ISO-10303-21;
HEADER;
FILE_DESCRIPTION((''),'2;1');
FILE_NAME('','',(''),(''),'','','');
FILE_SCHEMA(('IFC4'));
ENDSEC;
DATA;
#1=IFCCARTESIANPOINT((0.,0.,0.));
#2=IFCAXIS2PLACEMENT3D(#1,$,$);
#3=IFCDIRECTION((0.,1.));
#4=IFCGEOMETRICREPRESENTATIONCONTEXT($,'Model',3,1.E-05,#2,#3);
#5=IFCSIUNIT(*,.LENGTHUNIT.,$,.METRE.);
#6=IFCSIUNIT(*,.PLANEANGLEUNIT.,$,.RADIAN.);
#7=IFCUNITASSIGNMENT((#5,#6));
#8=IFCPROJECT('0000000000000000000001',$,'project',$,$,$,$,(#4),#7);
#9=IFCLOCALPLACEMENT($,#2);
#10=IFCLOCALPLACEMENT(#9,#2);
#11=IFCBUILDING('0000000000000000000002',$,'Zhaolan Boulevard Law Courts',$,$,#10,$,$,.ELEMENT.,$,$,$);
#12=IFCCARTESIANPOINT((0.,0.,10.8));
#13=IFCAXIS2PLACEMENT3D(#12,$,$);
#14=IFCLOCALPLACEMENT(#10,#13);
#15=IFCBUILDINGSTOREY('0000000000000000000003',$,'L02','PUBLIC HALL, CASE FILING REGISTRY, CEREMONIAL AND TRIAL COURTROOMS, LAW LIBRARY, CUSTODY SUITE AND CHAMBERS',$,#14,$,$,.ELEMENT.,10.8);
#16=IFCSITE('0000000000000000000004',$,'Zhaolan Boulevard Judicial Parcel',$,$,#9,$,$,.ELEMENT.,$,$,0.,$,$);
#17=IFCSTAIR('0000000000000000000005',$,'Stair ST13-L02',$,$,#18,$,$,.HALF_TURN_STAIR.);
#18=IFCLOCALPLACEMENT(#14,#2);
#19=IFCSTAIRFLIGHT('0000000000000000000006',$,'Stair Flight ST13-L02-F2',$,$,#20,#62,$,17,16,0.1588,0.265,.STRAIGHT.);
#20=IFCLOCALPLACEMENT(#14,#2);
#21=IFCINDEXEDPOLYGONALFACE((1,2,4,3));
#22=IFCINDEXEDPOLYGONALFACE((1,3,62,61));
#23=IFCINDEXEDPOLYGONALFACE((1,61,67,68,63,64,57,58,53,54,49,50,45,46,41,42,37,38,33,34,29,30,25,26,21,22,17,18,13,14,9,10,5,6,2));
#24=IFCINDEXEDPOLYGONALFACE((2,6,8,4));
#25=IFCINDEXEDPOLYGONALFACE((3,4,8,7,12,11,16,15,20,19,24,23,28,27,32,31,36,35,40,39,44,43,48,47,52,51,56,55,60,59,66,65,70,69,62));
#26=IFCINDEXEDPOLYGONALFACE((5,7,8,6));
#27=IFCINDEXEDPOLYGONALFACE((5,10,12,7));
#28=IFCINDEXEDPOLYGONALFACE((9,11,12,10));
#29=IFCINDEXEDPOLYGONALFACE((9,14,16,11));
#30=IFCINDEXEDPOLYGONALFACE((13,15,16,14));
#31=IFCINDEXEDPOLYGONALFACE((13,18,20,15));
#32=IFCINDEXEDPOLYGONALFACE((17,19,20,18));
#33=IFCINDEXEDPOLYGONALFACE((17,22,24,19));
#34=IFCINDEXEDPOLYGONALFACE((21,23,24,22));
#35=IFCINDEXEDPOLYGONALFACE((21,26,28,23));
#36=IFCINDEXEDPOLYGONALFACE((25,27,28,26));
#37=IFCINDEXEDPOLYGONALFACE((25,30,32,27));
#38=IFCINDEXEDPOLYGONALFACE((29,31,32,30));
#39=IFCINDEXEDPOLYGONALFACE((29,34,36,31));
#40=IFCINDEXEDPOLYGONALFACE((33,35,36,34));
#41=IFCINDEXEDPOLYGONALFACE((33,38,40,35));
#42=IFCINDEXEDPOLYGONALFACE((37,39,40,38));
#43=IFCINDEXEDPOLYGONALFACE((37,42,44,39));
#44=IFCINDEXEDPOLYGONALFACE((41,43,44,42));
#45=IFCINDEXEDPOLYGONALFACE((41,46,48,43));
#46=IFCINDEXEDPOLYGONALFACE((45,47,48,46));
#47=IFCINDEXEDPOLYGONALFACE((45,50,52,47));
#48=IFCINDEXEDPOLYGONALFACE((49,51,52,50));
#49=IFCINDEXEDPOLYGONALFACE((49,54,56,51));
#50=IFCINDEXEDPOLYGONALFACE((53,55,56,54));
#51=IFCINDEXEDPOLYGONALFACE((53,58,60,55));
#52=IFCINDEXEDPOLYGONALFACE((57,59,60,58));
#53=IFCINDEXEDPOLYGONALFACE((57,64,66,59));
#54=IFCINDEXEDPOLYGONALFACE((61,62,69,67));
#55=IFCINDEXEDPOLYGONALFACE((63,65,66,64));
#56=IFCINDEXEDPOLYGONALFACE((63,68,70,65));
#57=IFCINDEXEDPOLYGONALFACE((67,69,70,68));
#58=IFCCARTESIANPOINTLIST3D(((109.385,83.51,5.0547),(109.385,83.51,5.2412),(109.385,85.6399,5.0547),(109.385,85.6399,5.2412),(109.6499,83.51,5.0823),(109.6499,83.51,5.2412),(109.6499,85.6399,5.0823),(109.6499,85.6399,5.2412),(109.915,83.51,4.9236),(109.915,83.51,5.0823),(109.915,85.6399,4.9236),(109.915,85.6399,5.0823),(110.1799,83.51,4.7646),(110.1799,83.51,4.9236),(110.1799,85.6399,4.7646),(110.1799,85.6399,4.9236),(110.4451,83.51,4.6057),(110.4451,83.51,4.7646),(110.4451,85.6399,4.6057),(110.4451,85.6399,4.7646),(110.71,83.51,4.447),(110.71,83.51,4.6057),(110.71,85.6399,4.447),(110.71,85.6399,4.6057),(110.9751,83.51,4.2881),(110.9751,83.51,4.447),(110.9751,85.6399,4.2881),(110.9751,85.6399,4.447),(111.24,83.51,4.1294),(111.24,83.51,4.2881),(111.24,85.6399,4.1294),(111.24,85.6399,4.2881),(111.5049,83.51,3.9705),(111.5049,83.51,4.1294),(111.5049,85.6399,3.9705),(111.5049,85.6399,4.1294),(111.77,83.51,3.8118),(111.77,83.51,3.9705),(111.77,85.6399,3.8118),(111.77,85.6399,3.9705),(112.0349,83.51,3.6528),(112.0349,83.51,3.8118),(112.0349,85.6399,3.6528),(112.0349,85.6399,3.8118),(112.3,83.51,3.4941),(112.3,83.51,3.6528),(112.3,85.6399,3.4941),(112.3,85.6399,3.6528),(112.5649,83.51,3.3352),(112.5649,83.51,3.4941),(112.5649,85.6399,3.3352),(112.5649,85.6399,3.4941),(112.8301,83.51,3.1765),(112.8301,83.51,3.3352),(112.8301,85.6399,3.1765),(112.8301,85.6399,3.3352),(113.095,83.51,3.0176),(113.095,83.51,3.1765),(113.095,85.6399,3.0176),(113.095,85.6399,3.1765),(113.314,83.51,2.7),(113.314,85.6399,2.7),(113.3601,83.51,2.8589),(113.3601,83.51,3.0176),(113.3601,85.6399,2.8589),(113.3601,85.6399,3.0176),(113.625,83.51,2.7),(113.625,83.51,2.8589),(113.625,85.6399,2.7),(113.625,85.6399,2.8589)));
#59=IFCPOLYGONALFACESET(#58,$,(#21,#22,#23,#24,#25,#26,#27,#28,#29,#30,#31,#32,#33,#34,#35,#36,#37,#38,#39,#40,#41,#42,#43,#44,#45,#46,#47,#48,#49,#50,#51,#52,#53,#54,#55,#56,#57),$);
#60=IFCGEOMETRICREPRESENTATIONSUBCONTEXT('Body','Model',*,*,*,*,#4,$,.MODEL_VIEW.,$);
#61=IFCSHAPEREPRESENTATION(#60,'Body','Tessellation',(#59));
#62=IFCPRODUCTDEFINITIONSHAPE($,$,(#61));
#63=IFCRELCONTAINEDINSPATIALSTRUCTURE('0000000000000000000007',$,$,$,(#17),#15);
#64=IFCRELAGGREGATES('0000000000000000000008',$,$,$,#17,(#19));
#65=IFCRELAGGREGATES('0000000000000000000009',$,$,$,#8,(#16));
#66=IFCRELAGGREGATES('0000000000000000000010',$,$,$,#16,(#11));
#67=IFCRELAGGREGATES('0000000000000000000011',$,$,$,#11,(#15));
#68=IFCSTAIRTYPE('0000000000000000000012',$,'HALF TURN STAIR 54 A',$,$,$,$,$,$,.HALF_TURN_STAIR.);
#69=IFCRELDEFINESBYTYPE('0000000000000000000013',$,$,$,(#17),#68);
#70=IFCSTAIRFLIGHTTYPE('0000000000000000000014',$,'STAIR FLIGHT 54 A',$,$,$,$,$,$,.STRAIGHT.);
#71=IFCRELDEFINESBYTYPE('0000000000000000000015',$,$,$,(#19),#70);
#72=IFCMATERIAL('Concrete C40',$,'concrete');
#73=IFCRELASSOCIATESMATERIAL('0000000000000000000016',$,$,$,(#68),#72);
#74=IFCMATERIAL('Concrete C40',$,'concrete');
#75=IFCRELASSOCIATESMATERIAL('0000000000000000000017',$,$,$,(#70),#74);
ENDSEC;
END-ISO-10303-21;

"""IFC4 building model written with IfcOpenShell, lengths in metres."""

from ifc_helpers import new_model, si_unit, direction, frame, origin, place, context, subcontext, project, spatial, polyline, outline, extrude, material, type_object, element, aggregate, save


model = new_model("IFC4")

# Units and contexts
model_context = context("Model", 3, precision=1e-05, world=origin(), true_north=direction((0.0, 1.0)))
body_context = subcontext(model_context, "Body", "Model", "MODEL_VIEW")
ifc_project = project(units=[si_unit("LENGTHUNIT", "METRE"), si_unit("PLANEANGLEUNIT", "RADIAN")], contexts=[model_context])

# Site, building, storey
site_placement = place(None, origin())
site = spatial("IfcSite", under=ifc_project, at=site_placement, Name="Zhaolan Boulevard Judicial Parcel", CompositionType="ELEMENT", RefElevation=0.0)
building_placement = place(site_placement, origin())
building = spatial("IfcBuilding", under=site, at=building_placement, Name="Zhaolan Boulevard Law Courts", CompositionType="ELEMENT")
storey_placement = place(building_placement, frame((0.0, 0.0, 10.8)))
storey = spatial("IfcBuildingStorey", under=building, at=storey_placement, Name="L02", Description="PUBLIC HALL, CASE FILING REGISTRY, CEREMONIAL AND TRIAL COURTROOMS, LAW LIBRARY, CUSTODY SUITE AND CHAMBERS", CompositionType="ELEMENT", Elevation=10.8)

# Stair, stair flight
ifc_material_1 = material(Name="Concrete C40", Category="concrete")
stair_type = type_object("IfcStairType", Name="HALF TURN STAIR 54 A", PredefinedType="HALF_TURN_STAIR", material=ifc_material_1)
stair_placement = place(storey_placement, origin())
stair = element("IfcStair", 1, at=stair_placement, inside=storey, type_object=stair_type, Name="Stair ST13-L02", PredefinedType="HALF_TURN_STAIR")
ifc_material_2 = material(Name="Concrete C40", Category="concrete")
stair_flight_type = type_object("IfcStairFlightType", Name="STAIR FLIGHT 54 A", PredefinedType="STRAIGHT", material=ifc_material_2)
stair_flight_placement = place(storey_placement, frame((113.625, 84.575, 2.7), z_axis=(0.0, 0.0, 1.0), x_axis=(-1.0, 0.0, 0.0)))
stair_flight = element("IfcStairFlight", 2, at=stair_flight_placement, type_object=stair_flight_type, Name="Stair Flight ST13-L02-F2", NumberOfRisers=17, NumberOfTreads=16, PredefinedType="STRAIGHT", RiserHeight=0.1588, TreadLength=0.265, context=body_context, shape_type="SweptSolid", body=[
    extrude(outline(polyline([(0.0, 0.0), (0.0, 0.1589), (0.2649, 0.1589), (0.2649, 0.3176), (0.53, 0.3176), (0.53, 0.4766), (0.7949, 0.4766), (0.7949, 0.6353), (1.0601, 0.6353), (1.0601, 0.7942), (1.325, 0.7942), (1.325, 0.9529), (1.5901, 0.9529), (1.5901, 1.1118), (1.855, 1.1118), (1.855, 1.2705), (2.1201, 1.2705), (2.1201, 1.4294), (2.385, 1.4294), (2.385, 1.5881), (2.6499, 1.5881), (2.6499, 1.7471), (2.915, 1.7471), (2.915, 1.9058), (3.1799, 1.9058), (3.1799, 2.0647), (3.4451, 2.0647), (3.4451, 2.2236), (3.71, 2.2236), (3.71, 2.3823), (3.9751, 2.3823), (3.9751, 2.5413), (4.24, 2.5413), (4.24, 2.7), (4.24, 2.3547), (0.311, 0.0), (0.0, 0.0)])), frame((0.0, 1.0649, 0.0), z_axis=(0.0, -1.0, 0.0), x_axis=(1.0, 0.0, 0.0)), (0.0, 0.0, 1.0), 2.1299),
])
aggregate(stair, [stair_flight])

save(model, "model.ifc")
